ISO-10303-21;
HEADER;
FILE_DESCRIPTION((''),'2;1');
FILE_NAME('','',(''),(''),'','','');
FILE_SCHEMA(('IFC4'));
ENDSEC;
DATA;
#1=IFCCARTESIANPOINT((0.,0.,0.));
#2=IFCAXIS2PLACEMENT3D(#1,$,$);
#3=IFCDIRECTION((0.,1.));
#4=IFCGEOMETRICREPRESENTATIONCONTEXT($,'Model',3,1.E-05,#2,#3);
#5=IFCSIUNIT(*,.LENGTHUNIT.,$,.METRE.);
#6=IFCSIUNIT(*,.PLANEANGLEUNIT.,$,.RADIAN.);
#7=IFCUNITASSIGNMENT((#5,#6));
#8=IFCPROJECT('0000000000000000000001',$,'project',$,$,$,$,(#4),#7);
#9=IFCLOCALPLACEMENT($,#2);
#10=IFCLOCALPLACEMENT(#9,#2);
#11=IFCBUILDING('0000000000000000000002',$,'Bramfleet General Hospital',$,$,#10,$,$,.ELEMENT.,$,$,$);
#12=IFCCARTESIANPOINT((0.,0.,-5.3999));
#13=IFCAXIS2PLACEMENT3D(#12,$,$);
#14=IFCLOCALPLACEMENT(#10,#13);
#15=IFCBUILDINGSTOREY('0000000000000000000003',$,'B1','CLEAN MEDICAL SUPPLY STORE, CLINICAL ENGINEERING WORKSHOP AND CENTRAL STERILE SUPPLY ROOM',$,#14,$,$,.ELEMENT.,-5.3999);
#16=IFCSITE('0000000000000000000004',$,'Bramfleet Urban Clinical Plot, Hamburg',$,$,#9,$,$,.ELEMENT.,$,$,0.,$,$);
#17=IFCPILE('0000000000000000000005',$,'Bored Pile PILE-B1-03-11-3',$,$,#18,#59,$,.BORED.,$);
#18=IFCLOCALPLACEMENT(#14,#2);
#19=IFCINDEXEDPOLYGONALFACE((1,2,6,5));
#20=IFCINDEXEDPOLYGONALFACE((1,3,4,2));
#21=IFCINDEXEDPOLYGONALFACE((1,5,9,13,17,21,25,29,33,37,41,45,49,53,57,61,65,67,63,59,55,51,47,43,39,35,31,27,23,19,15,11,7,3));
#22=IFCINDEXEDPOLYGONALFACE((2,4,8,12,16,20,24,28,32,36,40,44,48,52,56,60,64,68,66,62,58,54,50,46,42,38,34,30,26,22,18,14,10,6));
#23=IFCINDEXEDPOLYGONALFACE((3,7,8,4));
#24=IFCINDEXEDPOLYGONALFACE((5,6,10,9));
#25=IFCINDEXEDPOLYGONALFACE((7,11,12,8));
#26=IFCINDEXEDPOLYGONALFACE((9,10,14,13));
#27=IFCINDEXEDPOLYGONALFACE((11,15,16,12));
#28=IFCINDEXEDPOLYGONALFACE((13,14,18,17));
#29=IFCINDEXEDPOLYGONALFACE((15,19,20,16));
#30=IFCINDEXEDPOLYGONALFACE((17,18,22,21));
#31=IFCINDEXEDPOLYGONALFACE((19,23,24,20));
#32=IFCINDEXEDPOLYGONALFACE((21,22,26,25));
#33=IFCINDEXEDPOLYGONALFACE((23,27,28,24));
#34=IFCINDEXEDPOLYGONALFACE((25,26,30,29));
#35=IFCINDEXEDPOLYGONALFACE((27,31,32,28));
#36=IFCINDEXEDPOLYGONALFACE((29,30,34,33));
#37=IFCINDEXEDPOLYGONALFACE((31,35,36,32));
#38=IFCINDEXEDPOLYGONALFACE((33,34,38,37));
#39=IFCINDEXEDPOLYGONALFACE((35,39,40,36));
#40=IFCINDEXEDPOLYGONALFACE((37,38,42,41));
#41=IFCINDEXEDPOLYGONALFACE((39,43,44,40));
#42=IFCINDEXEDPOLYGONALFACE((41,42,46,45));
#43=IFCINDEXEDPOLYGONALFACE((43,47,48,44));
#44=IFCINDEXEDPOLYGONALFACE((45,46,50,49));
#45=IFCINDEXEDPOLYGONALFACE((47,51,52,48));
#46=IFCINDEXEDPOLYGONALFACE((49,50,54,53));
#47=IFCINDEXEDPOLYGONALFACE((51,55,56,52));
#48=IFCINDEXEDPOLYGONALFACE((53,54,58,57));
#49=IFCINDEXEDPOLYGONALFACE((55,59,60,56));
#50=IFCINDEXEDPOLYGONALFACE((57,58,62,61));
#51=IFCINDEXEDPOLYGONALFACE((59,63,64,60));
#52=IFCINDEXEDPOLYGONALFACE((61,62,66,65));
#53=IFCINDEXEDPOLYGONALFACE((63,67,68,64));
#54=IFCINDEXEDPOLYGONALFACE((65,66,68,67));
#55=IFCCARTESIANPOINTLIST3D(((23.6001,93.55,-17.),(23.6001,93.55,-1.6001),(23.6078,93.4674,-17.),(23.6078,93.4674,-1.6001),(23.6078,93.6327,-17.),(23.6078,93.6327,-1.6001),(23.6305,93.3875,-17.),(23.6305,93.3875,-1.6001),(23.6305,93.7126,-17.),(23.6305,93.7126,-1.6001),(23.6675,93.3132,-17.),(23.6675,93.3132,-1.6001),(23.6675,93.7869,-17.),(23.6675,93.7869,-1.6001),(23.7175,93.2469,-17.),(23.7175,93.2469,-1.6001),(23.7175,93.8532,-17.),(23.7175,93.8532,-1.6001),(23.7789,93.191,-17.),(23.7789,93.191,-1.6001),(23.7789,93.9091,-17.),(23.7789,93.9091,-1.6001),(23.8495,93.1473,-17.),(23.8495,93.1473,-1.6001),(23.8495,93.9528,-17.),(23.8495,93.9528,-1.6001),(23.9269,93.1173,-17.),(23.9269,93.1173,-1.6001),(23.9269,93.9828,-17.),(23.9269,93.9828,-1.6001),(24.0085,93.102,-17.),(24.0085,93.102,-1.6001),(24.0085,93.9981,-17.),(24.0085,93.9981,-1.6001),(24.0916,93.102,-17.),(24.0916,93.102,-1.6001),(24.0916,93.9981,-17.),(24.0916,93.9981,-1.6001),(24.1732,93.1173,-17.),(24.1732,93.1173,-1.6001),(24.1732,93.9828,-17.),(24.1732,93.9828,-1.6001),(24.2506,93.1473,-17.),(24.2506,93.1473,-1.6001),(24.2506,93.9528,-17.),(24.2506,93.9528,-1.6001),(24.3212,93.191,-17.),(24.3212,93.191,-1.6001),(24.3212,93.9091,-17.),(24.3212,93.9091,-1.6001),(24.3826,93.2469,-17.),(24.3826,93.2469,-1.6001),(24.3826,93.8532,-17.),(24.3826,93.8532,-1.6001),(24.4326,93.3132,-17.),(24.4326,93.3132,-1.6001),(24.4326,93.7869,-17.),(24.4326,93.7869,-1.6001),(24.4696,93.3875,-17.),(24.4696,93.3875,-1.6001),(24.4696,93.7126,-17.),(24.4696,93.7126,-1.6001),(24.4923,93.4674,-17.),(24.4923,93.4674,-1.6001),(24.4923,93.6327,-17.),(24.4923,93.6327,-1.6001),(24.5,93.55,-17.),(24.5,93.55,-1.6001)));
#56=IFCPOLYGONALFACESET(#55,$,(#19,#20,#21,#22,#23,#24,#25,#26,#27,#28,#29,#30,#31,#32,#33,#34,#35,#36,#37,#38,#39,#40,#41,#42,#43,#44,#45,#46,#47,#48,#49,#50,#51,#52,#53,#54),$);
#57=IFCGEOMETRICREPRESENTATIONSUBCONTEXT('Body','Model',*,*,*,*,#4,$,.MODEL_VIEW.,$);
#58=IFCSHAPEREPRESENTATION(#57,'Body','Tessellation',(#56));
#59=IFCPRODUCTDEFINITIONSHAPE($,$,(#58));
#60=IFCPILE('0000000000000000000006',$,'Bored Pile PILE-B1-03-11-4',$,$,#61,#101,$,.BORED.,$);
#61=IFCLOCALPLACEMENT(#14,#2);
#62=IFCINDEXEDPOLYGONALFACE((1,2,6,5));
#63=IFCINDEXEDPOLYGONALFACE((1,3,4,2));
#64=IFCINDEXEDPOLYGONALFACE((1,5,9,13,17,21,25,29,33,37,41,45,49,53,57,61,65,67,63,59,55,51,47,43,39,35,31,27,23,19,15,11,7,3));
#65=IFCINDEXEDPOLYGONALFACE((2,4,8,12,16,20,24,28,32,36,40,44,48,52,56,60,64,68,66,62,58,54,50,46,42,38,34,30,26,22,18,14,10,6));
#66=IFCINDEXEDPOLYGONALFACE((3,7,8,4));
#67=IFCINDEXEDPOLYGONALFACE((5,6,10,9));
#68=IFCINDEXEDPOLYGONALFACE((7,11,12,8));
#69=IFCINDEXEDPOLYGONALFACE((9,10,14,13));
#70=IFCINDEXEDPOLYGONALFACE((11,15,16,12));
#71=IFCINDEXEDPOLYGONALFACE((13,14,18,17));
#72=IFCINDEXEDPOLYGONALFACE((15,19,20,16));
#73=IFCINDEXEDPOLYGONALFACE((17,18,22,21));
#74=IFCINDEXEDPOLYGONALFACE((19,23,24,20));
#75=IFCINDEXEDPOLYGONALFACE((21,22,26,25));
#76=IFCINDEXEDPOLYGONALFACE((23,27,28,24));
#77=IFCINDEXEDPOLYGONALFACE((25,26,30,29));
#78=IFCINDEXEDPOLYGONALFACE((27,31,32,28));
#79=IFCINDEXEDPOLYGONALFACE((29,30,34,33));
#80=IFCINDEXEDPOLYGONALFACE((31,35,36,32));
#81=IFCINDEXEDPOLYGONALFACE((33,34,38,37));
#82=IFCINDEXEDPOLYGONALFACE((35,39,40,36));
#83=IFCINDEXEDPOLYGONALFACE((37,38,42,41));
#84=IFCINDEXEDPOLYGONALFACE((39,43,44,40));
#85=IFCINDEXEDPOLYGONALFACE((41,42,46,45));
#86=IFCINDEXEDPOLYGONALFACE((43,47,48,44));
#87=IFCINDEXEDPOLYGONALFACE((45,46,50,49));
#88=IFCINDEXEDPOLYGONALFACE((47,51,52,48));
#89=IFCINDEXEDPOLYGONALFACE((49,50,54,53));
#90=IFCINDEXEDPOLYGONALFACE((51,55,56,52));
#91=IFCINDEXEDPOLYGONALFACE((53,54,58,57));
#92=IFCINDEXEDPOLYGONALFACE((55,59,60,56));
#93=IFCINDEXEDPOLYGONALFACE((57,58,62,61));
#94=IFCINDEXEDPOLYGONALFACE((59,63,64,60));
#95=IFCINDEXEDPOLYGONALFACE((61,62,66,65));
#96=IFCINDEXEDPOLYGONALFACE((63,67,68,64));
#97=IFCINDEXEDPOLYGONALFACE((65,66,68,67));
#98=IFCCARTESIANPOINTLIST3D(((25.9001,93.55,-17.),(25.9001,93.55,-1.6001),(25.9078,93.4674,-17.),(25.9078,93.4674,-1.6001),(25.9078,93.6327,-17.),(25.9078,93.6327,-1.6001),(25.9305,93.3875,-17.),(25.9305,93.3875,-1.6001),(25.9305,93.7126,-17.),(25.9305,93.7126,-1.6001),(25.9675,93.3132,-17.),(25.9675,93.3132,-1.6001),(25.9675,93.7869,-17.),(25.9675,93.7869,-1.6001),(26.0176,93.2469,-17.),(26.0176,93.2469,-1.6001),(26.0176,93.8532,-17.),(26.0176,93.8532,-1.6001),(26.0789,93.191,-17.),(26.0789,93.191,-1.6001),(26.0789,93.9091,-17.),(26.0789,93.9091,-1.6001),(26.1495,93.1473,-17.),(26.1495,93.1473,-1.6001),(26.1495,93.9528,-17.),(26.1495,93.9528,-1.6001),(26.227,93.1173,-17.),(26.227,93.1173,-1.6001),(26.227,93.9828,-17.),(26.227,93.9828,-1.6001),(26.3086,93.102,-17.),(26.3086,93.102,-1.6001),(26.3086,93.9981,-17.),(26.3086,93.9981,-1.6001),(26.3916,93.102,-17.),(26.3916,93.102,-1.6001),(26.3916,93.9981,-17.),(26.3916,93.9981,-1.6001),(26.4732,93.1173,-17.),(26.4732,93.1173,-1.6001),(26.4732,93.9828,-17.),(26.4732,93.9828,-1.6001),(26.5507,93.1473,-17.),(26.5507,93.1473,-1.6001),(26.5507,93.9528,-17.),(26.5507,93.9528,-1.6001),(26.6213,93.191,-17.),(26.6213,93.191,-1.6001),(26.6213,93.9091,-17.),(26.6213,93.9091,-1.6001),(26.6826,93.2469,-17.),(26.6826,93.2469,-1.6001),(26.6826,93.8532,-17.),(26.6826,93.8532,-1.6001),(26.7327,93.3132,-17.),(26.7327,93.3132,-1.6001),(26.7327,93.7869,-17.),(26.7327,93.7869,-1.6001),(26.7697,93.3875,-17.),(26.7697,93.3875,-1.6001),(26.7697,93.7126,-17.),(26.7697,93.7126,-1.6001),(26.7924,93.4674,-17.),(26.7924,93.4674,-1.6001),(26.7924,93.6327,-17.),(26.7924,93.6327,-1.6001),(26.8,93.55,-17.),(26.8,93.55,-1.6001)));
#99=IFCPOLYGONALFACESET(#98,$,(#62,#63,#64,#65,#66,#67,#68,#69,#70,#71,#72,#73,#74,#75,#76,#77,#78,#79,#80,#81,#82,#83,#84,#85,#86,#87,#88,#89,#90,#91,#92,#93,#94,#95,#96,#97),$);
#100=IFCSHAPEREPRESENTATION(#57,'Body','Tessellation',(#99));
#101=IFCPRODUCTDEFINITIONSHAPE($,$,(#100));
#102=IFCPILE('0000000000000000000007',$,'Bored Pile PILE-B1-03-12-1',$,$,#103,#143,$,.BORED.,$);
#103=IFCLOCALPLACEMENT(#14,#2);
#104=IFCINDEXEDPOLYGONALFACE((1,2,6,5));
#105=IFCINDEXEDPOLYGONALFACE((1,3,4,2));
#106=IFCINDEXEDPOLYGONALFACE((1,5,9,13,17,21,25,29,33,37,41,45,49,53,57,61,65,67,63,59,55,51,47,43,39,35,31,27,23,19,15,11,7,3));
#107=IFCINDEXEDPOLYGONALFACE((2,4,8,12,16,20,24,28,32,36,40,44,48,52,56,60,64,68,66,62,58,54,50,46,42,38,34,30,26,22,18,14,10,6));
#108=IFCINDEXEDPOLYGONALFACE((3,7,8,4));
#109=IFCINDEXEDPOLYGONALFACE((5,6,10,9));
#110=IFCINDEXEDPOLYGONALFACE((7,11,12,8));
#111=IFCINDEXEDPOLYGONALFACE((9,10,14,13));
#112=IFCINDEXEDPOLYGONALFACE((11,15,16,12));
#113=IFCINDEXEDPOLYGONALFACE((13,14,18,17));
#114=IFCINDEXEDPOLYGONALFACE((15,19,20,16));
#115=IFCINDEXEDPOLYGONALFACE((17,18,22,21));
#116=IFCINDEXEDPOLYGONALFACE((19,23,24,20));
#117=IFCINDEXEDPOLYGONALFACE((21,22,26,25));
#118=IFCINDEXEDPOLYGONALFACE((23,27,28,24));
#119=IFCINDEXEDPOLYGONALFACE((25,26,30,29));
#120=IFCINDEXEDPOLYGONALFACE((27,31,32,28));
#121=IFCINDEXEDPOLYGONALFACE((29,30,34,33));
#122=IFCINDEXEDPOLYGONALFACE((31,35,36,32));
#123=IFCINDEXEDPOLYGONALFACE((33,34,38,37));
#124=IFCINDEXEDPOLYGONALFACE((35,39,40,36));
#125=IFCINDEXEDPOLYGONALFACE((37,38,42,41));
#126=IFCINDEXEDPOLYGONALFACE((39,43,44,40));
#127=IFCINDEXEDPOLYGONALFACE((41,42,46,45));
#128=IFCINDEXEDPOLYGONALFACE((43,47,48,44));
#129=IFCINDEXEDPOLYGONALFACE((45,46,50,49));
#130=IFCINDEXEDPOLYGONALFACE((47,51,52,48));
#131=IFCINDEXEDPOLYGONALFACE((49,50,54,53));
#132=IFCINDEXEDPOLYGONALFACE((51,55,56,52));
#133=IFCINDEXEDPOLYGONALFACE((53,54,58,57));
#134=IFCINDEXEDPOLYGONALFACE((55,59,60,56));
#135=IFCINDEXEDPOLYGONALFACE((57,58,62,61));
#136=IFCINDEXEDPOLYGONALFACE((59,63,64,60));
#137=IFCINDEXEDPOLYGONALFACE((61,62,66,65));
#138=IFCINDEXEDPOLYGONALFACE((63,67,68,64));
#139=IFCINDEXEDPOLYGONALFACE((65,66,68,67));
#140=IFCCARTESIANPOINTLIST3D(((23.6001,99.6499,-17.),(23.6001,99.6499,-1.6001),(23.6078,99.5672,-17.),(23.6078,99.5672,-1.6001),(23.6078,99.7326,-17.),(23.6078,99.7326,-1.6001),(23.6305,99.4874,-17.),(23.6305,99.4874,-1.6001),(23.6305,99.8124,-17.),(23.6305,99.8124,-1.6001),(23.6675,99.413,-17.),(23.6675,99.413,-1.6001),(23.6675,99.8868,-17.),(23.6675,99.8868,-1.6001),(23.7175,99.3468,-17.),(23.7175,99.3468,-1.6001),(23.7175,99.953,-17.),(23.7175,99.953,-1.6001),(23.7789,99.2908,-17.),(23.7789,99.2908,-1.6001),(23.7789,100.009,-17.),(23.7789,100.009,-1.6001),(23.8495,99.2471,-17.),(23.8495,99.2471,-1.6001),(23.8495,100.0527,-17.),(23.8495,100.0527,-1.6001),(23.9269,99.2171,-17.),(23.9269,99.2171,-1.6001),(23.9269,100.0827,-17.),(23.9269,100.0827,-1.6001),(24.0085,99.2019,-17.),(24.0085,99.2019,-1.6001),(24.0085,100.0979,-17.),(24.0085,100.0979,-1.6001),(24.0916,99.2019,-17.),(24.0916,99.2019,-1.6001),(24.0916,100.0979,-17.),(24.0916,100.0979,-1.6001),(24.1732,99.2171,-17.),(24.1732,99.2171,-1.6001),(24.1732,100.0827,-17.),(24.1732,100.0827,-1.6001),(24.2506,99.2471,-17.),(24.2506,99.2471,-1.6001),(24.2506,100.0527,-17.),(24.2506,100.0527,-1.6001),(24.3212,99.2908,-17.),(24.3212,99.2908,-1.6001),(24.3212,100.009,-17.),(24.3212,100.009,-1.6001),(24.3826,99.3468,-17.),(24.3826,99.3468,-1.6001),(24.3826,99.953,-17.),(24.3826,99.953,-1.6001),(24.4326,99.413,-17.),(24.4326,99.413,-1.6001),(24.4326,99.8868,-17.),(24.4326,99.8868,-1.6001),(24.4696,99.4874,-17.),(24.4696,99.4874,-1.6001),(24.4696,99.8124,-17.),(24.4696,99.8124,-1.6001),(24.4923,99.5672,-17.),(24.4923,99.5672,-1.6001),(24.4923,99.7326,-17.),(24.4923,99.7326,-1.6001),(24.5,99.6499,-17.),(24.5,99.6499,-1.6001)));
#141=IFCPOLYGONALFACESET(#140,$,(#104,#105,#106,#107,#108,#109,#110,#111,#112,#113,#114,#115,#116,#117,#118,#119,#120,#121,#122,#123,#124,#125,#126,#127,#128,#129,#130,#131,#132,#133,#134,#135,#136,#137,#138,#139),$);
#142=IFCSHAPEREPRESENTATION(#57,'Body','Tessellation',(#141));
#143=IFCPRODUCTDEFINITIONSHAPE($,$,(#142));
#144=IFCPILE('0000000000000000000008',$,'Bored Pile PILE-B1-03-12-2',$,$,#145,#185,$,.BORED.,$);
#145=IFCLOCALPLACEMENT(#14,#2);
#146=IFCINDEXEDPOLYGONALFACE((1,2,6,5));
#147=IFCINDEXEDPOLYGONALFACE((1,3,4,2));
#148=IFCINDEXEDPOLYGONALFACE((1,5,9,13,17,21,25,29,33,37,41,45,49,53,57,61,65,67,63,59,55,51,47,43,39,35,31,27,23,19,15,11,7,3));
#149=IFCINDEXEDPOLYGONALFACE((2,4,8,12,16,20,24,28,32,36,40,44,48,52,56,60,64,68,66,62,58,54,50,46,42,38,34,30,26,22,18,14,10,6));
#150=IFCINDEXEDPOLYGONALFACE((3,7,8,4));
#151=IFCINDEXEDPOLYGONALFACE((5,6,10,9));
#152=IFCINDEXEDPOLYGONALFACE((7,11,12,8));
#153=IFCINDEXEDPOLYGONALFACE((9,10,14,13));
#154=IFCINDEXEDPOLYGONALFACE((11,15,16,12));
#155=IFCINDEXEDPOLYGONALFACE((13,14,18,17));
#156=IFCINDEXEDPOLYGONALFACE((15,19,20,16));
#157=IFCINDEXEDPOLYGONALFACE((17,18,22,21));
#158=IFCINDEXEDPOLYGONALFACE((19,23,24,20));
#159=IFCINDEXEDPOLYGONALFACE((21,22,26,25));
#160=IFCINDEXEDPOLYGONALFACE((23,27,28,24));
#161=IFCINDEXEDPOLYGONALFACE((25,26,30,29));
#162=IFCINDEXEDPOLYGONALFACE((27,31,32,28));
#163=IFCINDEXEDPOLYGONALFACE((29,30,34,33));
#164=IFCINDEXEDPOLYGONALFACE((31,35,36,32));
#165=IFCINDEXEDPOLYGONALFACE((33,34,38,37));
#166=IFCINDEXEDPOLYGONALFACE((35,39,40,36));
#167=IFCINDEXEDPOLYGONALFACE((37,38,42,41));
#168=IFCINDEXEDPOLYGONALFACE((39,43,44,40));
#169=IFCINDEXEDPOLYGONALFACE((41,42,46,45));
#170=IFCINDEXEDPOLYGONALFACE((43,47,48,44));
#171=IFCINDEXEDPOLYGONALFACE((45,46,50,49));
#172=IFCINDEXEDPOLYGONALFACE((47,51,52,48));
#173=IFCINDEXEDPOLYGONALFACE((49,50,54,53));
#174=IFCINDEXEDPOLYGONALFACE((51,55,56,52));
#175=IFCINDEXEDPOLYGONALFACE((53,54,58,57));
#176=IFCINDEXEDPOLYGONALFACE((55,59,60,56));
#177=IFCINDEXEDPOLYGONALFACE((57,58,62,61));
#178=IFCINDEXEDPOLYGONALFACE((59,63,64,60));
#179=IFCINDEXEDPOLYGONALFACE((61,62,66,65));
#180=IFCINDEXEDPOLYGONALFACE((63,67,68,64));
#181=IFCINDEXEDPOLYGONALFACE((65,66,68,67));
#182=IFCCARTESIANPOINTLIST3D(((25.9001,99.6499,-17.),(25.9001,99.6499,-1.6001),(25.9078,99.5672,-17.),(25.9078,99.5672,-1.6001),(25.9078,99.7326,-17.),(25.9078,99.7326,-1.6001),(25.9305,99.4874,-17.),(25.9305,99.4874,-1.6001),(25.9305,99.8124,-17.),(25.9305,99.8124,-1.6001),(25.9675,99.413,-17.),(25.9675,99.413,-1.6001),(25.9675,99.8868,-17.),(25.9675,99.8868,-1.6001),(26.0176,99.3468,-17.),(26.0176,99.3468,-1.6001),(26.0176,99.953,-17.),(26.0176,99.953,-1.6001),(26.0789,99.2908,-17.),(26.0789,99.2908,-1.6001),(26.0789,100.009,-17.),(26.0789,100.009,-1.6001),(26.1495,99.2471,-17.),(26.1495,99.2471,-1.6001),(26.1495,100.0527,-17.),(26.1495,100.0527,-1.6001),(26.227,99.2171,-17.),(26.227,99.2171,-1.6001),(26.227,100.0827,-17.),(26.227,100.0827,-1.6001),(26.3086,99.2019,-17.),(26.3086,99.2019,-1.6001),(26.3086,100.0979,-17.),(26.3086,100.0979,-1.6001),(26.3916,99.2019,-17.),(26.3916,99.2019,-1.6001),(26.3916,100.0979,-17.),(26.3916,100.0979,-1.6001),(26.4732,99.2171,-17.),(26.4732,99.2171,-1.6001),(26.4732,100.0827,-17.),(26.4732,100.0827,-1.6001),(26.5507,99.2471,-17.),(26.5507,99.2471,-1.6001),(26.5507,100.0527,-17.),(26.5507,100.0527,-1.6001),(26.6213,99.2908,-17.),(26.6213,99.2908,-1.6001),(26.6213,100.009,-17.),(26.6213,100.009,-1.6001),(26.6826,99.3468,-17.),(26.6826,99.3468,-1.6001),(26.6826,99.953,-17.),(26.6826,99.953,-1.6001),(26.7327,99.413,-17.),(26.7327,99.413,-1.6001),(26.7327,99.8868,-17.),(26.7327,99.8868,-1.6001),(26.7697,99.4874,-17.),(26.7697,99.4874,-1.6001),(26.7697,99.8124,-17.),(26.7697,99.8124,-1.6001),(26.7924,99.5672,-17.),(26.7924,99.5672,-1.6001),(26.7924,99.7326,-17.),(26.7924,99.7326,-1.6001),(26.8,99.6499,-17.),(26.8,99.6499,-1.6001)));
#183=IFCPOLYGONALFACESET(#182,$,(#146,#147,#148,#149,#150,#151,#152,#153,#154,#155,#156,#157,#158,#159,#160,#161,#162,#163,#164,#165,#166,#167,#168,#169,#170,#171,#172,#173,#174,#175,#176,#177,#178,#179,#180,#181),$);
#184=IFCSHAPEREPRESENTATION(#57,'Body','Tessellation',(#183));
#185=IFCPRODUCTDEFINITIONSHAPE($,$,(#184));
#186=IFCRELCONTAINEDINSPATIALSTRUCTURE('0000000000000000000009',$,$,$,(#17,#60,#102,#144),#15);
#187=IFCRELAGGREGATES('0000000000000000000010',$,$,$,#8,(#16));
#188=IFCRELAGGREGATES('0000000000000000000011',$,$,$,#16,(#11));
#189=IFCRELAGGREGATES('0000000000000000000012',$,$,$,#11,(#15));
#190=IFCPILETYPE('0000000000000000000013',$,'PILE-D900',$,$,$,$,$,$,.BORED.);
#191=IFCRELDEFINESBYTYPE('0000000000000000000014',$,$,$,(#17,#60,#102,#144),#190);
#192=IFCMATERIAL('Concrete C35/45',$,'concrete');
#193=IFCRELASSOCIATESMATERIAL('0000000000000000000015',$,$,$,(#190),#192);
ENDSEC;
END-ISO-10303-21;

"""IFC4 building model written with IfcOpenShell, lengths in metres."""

from ifc_helpers import new_model, si_unit, direction, frame, origin, origin_2d, place, context, subcontext, project, spatial, circle, extrude, material, material_profile, profile_set, type_object, element, save


model = new_model("IFC4")

# Units and contexts
model_context = context("Model", 3, precision=1e-05, world=origin(), true_north=direction((0.0, 1.0)))
body_context = subcontext(model_context, "Body", "Model", "MODEL_VIEW")
ifc_project = project(units=[si_unit("LENGTHUNIT", "METRE"), si_unit("PLANEANGLEUNIT", "RADIAN")], contexts=[model_context])

# Site, building, storey
site_placement = place(None, origin())
site = spatial("IfcSite", under=ifc_project, at=site_placement, Name="Bramfleet Urban Clinical Plot, Hamburg", CompositionType="ELEMENT", RefElevation=0.0)
building_placement = place(site_placement, origin())
building = spatial("IfcBuilding", under=site, at=building_placement, Name="Bramfleet General Hospital", CompositionType="ELEMENT")
storey_placement = place(building_placement, frame((0.0, 0.0, -5.3999)))
storey = spatial("IfcBuildingStorey", under=building, at=storey_placement, Name="B1", Description="CLEAN MEDICAL SUPPLY STORE, CLINICAL ENGINEERING WORKSHOP AND CENTRAL STERILE SUPPLY ROOM", CompositionType="ELEMENT", Elevation=-5.3999)

# Shared definitions
ifc_material_1 = material(Name="Concrete C35/45", Category="concrete")

# Piles
ifc_material_profile_1 = material_profile(ifc_material_1, circle(Radius=0.45, at=origin_2d()), Name="PILE BORED D900")
ifc_profile_set_1 = profile_set([ifc_material_profile_1], Name="Concrete C35/45")
pile_type = type_object("IfcPileType", Name="PILE-D900", PredefinedType="BORED", material=ifc_profile_set_1)
for number, where, z_axis, x_axis, name in (
    (1, (24.05, 93.55, -1.6001), (0.0, 0.0, -1.0), (1.0, 0.0, 0.0), "Bored Pile PILE-B1-03-11-3"),
    (2, (26.3501, 93.55, -1.6001), (0.0, 0.0, -1.0), (1.0, 0.0, 0.0), "Bored Pile PILE-B1-03-11-4"),
    (3, (24.05, 99.6499, -1.6001), (0.0, 0.0, -1.0), (1.0, 0.0, 0.0), "Bored Pile PILE-B1-03-12-1"),
    (4, (26.3501, 99.6499, -1.6001), (0.0, 0.0, -1.0), (1.0, 0.0, 0.0), "Bored Pile PILE-B1-03-12-2"),
):
    element("IfcPile", number, at=place(storey_placement, frame(where, z_axis=z_axis, x_axis=x_axis)), inside=storey, type_object=pile_type, Name=name, PredefinedType="BORED", context=body_context, shape_type="SweptSolid", body=[
        extrude(circle(Radius=0.45, at=origin_2d()), origin(), (0.0, 0.0, 1.0), 15.3999),
    ])

save(model, "model.ifc")
